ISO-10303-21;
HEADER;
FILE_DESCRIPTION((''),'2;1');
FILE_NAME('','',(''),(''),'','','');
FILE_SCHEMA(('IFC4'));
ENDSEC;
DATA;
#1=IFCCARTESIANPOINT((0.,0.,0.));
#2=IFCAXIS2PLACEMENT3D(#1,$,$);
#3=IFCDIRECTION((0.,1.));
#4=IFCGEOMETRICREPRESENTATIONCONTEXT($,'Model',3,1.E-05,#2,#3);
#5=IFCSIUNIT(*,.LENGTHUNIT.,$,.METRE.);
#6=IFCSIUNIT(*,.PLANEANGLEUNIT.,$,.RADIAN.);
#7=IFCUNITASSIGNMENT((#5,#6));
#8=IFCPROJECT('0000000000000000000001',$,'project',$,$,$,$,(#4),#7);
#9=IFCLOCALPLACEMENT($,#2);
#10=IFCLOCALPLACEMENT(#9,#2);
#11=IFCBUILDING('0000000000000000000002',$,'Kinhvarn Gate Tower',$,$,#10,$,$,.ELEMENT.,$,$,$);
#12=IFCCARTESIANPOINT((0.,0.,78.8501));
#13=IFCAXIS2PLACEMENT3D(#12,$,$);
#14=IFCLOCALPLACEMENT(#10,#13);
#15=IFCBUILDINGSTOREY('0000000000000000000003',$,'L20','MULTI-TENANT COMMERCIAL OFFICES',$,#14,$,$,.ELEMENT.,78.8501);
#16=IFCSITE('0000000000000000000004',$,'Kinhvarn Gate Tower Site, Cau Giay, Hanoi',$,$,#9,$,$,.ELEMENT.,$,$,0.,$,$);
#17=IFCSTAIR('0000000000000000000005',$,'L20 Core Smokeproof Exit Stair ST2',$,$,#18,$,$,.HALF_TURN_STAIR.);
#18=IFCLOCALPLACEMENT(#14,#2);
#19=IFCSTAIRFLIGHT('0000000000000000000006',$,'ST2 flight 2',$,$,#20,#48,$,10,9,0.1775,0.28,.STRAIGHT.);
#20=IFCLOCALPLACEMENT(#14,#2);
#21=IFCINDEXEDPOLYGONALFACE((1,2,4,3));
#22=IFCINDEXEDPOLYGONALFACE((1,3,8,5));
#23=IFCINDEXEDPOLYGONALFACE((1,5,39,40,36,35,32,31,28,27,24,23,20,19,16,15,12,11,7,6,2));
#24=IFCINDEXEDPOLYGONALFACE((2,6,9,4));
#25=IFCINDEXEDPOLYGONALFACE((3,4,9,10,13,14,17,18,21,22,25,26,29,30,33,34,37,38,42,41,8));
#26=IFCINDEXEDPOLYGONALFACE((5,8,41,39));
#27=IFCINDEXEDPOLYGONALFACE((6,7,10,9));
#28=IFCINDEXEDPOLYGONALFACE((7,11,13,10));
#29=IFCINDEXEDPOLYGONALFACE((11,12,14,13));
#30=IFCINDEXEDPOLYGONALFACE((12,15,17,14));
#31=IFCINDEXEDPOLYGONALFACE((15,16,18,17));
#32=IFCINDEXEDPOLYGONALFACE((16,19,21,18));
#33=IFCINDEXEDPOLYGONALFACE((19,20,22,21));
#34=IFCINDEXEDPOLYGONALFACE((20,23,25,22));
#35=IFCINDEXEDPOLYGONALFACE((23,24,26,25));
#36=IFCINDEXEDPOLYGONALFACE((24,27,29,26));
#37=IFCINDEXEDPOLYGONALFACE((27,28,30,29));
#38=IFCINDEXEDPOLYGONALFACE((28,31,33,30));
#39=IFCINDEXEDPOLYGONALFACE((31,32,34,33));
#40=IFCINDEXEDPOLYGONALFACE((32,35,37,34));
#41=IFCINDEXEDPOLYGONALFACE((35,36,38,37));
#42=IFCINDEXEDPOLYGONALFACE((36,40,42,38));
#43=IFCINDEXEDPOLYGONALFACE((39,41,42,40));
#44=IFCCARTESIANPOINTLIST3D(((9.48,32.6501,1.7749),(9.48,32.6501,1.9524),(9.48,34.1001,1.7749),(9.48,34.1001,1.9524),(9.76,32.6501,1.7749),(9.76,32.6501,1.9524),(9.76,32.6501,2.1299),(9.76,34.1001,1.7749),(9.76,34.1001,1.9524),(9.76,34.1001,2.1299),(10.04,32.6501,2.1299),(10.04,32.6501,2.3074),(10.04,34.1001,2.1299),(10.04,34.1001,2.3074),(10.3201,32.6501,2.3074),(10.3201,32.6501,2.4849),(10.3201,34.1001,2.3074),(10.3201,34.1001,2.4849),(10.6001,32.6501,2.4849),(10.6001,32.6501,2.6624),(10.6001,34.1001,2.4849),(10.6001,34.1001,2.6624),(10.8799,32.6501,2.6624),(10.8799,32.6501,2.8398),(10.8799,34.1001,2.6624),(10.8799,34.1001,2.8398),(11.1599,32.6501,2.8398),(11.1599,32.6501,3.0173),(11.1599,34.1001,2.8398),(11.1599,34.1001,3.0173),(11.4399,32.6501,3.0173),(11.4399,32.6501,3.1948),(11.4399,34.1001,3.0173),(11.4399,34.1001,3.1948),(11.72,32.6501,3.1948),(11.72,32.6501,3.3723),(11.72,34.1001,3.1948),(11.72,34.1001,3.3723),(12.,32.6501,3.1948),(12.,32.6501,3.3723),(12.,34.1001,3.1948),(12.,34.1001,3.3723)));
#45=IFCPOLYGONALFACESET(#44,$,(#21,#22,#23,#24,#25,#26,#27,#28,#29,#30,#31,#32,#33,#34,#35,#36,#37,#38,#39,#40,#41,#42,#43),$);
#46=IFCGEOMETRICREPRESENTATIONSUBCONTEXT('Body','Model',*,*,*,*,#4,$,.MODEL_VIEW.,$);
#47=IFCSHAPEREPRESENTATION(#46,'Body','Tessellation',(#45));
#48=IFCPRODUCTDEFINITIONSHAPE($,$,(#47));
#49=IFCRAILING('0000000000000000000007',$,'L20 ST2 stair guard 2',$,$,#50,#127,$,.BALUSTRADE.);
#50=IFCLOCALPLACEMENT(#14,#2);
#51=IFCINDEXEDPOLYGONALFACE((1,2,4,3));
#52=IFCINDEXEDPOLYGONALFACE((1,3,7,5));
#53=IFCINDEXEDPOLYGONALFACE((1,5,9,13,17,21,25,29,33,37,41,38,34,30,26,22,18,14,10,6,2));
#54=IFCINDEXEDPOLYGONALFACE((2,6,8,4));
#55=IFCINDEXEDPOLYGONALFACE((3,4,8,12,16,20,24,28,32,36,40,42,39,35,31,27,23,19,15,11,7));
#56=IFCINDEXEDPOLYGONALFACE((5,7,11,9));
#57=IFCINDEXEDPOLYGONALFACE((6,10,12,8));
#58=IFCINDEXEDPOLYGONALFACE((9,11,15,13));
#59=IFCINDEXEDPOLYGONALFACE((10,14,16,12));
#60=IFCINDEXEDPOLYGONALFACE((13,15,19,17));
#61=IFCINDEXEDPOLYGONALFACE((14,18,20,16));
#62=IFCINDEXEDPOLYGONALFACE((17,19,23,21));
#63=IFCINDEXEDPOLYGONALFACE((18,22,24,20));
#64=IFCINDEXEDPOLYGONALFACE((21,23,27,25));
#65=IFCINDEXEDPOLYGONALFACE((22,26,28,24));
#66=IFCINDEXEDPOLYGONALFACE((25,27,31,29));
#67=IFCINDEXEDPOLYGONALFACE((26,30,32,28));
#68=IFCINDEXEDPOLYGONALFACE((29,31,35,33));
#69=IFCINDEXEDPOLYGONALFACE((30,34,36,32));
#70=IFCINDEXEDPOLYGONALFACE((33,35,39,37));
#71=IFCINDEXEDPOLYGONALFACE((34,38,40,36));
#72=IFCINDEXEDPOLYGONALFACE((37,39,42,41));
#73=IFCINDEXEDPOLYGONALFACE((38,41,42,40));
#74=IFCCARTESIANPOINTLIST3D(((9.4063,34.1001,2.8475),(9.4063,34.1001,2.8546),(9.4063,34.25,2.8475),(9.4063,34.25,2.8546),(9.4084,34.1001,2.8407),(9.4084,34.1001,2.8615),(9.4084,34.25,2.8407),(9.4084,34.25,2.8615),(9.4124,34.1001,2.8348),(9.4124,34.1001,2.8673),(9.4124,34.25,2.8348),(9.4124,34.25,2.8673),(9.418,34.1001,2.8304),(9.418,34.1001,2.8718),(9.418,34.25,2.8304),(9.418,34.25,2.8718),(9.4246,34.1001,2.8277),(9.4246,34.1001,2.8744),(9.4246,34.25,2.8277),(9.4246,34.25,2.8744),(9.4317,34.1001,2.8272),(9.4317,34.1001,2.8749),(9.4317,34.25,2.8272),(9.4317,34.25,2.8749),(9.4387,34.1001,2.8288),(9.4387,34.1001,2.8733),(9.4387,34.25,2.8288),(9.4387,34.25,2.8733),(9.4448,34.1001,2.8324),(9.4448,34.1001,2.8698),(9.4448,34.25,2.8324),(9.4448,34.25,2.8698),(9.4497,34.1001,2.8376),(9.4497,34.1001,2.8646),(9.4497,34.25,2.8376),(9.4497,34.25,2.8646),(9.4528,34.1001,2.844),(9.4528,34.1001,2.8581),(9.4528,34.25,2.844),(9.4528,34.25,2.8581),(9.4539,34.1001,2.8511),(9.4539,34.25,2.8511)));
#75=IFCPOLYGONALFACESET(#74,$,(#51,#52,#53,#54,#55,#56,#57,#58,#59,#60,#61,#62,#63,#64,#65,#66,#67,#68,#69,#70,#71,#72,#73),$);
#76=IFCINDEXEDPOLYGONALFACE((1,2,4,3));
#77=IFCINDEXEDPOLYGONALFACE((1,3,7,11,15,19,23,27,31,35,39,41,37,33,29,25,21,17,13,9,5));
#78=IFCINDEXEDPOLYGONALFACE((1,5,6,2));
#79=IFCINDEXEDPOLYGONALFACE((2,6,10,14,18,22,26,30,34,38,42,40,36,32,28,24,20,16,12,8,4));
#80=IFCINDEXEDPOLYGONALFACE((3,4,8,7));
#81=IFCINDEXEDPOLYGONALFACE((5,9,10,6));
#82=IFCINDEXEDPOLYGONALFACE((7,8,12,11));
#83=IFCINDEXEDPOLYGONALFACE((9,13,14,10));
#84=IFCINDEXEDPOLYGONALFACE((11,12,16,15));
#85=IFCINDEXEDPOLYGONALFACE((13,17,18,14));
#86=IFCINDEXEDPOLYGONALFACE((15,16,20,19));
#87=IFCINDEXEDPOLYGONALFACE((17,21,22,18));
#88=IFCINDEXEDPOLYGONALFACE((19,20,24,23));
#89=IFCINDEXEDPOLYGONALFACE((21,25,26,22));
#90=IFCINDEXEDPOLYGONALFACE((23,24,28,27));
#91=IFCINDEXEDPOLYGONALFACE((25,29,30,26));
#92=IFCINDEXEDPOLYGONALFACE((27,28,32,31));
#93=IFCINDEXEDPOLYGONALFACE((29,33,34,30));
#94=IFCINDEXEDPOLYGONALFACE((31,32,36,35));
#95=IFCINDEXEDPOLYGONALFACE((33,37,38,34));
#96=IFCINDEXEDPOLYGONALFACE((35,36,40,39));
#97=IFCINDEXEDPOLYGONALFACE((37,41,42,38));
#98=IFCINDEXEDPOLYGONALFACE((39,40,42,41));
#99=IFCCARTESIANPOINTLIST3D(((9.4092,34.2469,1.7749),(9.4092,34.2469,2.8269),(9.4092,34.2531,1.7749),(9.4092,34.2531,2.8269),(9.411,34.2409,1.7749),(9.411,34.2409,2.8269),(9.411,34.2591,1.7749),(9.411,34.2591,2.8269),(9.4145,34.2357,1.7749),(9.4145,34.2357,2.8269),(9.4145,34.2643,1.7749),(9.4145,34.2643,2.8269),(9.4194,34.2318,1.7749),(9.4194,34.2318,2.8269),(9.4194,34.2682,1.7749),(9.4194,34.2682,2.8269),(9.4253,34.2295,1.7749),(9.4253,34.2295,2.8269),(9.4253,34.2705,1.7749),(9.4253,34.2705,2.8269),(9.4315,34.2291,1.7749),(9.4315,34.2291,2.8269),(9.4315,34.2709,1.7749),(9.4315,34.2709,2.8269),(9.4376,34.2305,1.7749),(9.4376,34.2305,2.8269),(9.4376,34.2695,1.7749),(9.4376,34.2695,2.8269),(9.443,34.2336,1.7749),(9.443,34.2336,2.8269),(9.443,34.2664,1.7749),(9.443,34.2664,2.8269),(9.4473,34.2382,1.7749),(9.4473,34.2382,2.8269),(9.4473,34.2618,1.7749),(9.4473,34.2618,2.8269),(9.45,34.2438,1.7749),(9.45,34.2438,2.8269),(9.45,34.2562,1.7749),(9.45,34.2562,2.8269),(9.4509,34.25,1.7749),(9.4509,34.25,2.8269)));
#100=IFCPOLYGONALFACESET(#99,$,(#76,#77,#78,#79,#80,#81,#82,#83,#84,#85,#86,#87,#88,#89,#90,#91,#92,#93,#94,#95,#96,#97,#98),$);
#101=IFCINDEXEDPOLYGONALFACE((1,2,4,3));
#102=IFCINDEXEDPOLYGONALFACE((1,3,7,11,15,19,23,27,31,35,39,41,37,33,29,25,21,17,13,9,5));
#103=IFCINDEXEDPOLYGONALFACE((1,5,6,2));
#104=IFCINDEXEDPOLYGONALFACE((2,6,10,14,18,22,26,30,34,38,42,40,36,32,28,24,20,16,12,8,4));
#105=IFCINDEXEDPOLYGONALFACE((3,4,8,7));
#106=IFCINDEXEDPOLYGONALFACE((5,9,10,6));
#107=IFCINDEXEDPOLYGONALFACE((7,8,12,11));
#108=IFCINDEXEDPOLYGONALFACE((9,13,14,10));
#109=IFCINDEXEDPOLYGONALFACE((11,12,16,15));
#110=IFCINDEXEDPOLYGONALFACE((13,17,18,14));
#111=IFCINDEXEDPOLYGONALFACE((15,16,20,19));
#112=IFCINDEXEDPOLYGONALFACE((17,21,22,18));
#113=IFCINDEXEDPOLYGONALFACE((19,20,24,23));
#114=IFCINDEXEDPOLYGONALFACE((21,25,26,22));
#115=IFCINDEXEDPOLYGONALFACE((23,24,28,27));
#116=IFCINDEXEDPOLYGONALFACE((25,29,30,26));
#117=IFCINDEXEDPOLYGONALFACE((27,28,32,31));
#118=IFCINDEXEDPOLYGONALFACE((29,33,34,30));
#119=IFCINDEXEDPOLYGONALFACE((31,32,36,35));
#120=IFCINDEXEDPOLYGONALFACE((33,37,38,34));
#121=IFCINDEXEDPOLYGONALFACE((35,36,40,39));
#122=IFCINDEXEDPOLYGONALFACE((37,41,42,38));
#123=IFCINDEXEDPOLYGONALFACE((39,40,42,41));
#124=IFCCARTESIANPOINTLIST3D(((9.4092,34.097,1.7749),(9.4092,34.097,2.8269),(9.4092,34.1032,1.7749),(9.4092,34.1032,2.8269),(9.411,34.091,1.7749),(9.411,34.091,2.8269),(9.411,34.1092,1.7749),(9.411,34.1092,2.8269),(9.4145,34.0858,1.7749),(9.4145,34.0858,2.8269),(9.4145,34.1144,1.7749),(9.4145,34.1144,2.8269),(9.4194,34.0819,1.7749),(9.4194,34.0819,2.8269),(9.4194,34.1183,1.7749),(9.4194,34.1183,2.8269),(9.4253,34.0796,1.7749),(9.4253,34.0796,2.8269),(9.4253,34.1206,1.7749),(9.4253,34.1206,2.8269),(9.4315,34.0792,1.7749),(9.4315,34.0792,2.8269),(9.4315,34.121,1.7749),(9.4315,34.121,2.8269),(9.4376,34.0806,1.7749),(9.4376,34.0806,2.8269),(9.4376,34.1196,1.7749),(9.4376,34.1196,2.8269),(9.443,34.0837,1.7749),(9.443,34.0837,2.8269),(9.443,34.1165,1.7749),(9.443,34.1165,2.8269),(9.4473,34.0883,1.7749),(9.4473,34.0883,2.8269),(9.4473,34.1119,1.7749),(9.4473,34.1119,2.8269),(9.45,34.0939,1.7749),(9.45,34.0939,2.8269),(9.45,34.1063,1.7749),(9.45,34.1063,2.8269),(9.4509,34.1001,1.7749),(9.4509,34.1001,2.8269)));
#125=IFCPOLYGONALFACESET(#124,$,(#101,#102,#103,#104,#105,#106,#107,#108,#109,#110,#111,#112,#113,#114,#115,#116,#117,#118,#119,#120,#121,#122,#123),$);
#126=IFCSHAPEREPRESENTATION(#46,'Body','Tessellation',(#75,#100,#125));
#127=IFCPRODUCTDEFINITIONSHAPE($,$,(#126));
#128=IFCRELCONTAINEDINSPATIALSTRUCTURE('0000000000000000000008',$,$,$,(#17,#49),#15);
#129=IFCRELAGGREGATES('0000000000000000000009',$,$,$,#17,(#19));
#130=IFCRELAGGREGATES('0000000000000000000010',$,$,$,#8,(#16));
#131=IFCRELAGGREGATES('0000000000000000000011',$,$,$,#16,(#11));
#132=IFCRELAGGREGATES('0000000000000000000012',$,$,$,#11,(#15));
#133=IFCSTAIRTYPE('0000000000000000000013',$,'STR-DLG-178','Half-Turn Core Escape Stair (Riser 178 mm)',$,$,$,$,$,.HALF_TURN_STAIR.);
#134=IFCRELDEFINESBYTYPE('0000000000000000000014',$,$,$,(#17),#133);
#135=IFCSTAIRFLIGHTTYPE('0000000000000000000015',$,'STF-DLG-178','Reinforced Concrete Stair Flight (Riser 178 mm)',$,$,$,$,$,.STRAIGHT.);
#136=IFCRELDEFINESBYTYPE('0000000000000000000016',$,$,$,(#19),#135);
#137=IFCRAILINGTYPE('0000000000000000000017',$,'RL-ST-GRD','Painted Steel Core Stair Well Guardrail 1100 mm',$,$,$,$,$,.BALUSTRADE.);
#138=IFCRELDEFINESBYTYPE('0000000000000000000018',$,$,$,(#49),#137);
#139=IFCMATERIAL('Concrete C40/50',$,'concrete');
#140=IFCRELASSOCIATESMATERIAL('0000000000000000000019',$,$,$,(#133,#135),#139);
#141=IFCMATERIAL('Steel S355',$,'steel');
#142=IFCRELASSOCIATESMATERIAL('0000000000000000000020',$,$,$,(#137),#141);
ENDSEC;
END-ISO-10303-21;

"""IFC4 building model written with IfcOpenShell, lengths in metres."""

from ifc_helpers import new_model, si_unit, direction, frame, origin, origin_2d, place, context, subcontext, project, spatial, polyline, circle, outline, extrude, material, type_object, element, aggregate, save


model = new_model("IFC4")

# Units and contexts
model_context = context("Model", 3, precision=1e-05, world=origin(), true_north=direction((0.0, 1.0)))
body_context = subcontext(model_context, "Body", "Model", "MODEL_VIEW")
ifc_project = project(units=[si_unit("LENGTHUNIT", "METRE"), si_unit("PLANEANGLEUNIT", "RADIAN")], contexts=[model_context])

# Site, building, storey
site_placement = place(None, origin())
site = spatial("IfcSite", under=ifc_project, at=site_placement, Name="Kinhvarn Gate Tower Site, Cau Giay, Hanoi", CompositionType="ELEMENT", RefElevation=0.0)
building_placement = place(site_placement, origin())
building = spatial("IfcBuilding", under=site, at=building_placement, Name="Kinhvarn Gate Tower", CompositionType="ELEMENT")
storey_placement = place(building_placement, frame((0.0, 0.0, 78.8501)))
storey = spatial("IfcBuildingStorey", under=building, at=storey_placement, Name="L20", Description="MULTI-TENANT COMMERCIAL OFFICES", CompositionType="ELEMENT", Elevation=78.8501)

# Shared definitions
ifc_material_1 = material(Name="Steel S355", Category="steel")

# Shared definitions
ifc_material_2 = material(Name="Concrete C40/50", Category="concrete")

# Stair, stair flight
stair_type = type_object("IfcStairType", Name="STR-DLG-178", Description="Half-Turn Core Escape Stair (Riser 178 mm)", PredefinedType="HALF_TURN_STAIR", material=ifc_material_2)
stair_placement = place(storey_placement, origin())
stair = element("IfcStair", 1, at=stair_placement, inside=storey, type_object=stair_type, Name="L20 Core Smokeproof Exit Stair ST2", PredefinedType="HALF_TURN_STAIR")
stair_flight_type = type_object("IfcStairFlightType", Name="STF-DLG-178", Description="Reinforced Concrete Stair Flight (Riser 178 mm)", PredefinedType="STRAIGHT", material=ifc_material_2)
stair_flight_placement = place(storey_placement, frame((9.48, 33.375, 1.7749), z_axis=(0.0, 0.0, 1.0), x_axis=(1.0, 0.0, 0.0)))
stair_flight = element("IfcStairFlight", 2, at=stair_flight_placement, type_object=stair_flight_type, Name="ST2 flight 2", NumberOfRisers=10, NumberOfTreads=9, PredefinedType="STRAIGHT", RiserHeight=0.1775, TreadLength=0.28, context=body_context, shape_type="SweptSolid", body=[
    extrude(outline(polyline([(0.0, 0.0), (0.0, 0.1775), (0.28, 0.1775), (0.28, 0.355), (0.5601, 0.355), (0.5601, 0.5325), (0.8401, 0.5325), (0.8401, 0.71), (1.1201, 0.71), (1.1201, 0.8875), (1.3999, 0.8875), (1.3999, 1.0649), (1.6799, 1.0649), (1.6799, 1.2424), (1.96, 1.2424), (1.96, 1.4199), (2.24, 1.4199), (2.24, 1.5974), (2.52, 1.5974), (2.52, 1.7749), (2.52, 1.4199), (0.28, 0.0), (0.0, 0.0)])), frame((0.0, 0.7251, 0.0), z_axis=(0.0, -1.0, 0.0), x_axis=(1.0, 0.0, 0.0)), (0.0, 0.0, 1.0), 1.45),
])
aggregate(stair, [stair_flight])

# Railing
railing_type_1 = type_object("IfcRailingType", Name="RL-ST-GRD", Description="Painted Steel Core Stair Well Guardrail 1100 mm", PredefinedType="BALUSTRADE", material=ifc_material_1)
railing_1_placement = place(storey_placement, frame((9.4299, 34.25, 1.7749)))
element("IfcRailing", 3, at=railing_1_placement, inside=storey, type_object=railing_type_1, Name="L20 ST2 stair guard 2", PredefinedType="BALUSTRADE", context=body_context, shape_type="SweptSolid", body=[
    extrude(circle(Radius=0.0239, at=origin_2d()), frame((0.0, 0.0, 1.0762), z_axis=(0.0, -1.0, 0.0), x_axis=(1.0, 0.0, 0.0)), (0.0, 0.0, 1.0), 0.1499),
    extrude(circle(Radius=0.021, at=origin_2d()), origin(), (0.0, 0.0, 1.0), 1.052),
    extrude(circle(Radius=0.021, at=origin_2d()), frame((0.0, -0.1499, 0.0)), (0.0, 0.0, 1.0), 1.052),
])

save(model, "model.ifc")
